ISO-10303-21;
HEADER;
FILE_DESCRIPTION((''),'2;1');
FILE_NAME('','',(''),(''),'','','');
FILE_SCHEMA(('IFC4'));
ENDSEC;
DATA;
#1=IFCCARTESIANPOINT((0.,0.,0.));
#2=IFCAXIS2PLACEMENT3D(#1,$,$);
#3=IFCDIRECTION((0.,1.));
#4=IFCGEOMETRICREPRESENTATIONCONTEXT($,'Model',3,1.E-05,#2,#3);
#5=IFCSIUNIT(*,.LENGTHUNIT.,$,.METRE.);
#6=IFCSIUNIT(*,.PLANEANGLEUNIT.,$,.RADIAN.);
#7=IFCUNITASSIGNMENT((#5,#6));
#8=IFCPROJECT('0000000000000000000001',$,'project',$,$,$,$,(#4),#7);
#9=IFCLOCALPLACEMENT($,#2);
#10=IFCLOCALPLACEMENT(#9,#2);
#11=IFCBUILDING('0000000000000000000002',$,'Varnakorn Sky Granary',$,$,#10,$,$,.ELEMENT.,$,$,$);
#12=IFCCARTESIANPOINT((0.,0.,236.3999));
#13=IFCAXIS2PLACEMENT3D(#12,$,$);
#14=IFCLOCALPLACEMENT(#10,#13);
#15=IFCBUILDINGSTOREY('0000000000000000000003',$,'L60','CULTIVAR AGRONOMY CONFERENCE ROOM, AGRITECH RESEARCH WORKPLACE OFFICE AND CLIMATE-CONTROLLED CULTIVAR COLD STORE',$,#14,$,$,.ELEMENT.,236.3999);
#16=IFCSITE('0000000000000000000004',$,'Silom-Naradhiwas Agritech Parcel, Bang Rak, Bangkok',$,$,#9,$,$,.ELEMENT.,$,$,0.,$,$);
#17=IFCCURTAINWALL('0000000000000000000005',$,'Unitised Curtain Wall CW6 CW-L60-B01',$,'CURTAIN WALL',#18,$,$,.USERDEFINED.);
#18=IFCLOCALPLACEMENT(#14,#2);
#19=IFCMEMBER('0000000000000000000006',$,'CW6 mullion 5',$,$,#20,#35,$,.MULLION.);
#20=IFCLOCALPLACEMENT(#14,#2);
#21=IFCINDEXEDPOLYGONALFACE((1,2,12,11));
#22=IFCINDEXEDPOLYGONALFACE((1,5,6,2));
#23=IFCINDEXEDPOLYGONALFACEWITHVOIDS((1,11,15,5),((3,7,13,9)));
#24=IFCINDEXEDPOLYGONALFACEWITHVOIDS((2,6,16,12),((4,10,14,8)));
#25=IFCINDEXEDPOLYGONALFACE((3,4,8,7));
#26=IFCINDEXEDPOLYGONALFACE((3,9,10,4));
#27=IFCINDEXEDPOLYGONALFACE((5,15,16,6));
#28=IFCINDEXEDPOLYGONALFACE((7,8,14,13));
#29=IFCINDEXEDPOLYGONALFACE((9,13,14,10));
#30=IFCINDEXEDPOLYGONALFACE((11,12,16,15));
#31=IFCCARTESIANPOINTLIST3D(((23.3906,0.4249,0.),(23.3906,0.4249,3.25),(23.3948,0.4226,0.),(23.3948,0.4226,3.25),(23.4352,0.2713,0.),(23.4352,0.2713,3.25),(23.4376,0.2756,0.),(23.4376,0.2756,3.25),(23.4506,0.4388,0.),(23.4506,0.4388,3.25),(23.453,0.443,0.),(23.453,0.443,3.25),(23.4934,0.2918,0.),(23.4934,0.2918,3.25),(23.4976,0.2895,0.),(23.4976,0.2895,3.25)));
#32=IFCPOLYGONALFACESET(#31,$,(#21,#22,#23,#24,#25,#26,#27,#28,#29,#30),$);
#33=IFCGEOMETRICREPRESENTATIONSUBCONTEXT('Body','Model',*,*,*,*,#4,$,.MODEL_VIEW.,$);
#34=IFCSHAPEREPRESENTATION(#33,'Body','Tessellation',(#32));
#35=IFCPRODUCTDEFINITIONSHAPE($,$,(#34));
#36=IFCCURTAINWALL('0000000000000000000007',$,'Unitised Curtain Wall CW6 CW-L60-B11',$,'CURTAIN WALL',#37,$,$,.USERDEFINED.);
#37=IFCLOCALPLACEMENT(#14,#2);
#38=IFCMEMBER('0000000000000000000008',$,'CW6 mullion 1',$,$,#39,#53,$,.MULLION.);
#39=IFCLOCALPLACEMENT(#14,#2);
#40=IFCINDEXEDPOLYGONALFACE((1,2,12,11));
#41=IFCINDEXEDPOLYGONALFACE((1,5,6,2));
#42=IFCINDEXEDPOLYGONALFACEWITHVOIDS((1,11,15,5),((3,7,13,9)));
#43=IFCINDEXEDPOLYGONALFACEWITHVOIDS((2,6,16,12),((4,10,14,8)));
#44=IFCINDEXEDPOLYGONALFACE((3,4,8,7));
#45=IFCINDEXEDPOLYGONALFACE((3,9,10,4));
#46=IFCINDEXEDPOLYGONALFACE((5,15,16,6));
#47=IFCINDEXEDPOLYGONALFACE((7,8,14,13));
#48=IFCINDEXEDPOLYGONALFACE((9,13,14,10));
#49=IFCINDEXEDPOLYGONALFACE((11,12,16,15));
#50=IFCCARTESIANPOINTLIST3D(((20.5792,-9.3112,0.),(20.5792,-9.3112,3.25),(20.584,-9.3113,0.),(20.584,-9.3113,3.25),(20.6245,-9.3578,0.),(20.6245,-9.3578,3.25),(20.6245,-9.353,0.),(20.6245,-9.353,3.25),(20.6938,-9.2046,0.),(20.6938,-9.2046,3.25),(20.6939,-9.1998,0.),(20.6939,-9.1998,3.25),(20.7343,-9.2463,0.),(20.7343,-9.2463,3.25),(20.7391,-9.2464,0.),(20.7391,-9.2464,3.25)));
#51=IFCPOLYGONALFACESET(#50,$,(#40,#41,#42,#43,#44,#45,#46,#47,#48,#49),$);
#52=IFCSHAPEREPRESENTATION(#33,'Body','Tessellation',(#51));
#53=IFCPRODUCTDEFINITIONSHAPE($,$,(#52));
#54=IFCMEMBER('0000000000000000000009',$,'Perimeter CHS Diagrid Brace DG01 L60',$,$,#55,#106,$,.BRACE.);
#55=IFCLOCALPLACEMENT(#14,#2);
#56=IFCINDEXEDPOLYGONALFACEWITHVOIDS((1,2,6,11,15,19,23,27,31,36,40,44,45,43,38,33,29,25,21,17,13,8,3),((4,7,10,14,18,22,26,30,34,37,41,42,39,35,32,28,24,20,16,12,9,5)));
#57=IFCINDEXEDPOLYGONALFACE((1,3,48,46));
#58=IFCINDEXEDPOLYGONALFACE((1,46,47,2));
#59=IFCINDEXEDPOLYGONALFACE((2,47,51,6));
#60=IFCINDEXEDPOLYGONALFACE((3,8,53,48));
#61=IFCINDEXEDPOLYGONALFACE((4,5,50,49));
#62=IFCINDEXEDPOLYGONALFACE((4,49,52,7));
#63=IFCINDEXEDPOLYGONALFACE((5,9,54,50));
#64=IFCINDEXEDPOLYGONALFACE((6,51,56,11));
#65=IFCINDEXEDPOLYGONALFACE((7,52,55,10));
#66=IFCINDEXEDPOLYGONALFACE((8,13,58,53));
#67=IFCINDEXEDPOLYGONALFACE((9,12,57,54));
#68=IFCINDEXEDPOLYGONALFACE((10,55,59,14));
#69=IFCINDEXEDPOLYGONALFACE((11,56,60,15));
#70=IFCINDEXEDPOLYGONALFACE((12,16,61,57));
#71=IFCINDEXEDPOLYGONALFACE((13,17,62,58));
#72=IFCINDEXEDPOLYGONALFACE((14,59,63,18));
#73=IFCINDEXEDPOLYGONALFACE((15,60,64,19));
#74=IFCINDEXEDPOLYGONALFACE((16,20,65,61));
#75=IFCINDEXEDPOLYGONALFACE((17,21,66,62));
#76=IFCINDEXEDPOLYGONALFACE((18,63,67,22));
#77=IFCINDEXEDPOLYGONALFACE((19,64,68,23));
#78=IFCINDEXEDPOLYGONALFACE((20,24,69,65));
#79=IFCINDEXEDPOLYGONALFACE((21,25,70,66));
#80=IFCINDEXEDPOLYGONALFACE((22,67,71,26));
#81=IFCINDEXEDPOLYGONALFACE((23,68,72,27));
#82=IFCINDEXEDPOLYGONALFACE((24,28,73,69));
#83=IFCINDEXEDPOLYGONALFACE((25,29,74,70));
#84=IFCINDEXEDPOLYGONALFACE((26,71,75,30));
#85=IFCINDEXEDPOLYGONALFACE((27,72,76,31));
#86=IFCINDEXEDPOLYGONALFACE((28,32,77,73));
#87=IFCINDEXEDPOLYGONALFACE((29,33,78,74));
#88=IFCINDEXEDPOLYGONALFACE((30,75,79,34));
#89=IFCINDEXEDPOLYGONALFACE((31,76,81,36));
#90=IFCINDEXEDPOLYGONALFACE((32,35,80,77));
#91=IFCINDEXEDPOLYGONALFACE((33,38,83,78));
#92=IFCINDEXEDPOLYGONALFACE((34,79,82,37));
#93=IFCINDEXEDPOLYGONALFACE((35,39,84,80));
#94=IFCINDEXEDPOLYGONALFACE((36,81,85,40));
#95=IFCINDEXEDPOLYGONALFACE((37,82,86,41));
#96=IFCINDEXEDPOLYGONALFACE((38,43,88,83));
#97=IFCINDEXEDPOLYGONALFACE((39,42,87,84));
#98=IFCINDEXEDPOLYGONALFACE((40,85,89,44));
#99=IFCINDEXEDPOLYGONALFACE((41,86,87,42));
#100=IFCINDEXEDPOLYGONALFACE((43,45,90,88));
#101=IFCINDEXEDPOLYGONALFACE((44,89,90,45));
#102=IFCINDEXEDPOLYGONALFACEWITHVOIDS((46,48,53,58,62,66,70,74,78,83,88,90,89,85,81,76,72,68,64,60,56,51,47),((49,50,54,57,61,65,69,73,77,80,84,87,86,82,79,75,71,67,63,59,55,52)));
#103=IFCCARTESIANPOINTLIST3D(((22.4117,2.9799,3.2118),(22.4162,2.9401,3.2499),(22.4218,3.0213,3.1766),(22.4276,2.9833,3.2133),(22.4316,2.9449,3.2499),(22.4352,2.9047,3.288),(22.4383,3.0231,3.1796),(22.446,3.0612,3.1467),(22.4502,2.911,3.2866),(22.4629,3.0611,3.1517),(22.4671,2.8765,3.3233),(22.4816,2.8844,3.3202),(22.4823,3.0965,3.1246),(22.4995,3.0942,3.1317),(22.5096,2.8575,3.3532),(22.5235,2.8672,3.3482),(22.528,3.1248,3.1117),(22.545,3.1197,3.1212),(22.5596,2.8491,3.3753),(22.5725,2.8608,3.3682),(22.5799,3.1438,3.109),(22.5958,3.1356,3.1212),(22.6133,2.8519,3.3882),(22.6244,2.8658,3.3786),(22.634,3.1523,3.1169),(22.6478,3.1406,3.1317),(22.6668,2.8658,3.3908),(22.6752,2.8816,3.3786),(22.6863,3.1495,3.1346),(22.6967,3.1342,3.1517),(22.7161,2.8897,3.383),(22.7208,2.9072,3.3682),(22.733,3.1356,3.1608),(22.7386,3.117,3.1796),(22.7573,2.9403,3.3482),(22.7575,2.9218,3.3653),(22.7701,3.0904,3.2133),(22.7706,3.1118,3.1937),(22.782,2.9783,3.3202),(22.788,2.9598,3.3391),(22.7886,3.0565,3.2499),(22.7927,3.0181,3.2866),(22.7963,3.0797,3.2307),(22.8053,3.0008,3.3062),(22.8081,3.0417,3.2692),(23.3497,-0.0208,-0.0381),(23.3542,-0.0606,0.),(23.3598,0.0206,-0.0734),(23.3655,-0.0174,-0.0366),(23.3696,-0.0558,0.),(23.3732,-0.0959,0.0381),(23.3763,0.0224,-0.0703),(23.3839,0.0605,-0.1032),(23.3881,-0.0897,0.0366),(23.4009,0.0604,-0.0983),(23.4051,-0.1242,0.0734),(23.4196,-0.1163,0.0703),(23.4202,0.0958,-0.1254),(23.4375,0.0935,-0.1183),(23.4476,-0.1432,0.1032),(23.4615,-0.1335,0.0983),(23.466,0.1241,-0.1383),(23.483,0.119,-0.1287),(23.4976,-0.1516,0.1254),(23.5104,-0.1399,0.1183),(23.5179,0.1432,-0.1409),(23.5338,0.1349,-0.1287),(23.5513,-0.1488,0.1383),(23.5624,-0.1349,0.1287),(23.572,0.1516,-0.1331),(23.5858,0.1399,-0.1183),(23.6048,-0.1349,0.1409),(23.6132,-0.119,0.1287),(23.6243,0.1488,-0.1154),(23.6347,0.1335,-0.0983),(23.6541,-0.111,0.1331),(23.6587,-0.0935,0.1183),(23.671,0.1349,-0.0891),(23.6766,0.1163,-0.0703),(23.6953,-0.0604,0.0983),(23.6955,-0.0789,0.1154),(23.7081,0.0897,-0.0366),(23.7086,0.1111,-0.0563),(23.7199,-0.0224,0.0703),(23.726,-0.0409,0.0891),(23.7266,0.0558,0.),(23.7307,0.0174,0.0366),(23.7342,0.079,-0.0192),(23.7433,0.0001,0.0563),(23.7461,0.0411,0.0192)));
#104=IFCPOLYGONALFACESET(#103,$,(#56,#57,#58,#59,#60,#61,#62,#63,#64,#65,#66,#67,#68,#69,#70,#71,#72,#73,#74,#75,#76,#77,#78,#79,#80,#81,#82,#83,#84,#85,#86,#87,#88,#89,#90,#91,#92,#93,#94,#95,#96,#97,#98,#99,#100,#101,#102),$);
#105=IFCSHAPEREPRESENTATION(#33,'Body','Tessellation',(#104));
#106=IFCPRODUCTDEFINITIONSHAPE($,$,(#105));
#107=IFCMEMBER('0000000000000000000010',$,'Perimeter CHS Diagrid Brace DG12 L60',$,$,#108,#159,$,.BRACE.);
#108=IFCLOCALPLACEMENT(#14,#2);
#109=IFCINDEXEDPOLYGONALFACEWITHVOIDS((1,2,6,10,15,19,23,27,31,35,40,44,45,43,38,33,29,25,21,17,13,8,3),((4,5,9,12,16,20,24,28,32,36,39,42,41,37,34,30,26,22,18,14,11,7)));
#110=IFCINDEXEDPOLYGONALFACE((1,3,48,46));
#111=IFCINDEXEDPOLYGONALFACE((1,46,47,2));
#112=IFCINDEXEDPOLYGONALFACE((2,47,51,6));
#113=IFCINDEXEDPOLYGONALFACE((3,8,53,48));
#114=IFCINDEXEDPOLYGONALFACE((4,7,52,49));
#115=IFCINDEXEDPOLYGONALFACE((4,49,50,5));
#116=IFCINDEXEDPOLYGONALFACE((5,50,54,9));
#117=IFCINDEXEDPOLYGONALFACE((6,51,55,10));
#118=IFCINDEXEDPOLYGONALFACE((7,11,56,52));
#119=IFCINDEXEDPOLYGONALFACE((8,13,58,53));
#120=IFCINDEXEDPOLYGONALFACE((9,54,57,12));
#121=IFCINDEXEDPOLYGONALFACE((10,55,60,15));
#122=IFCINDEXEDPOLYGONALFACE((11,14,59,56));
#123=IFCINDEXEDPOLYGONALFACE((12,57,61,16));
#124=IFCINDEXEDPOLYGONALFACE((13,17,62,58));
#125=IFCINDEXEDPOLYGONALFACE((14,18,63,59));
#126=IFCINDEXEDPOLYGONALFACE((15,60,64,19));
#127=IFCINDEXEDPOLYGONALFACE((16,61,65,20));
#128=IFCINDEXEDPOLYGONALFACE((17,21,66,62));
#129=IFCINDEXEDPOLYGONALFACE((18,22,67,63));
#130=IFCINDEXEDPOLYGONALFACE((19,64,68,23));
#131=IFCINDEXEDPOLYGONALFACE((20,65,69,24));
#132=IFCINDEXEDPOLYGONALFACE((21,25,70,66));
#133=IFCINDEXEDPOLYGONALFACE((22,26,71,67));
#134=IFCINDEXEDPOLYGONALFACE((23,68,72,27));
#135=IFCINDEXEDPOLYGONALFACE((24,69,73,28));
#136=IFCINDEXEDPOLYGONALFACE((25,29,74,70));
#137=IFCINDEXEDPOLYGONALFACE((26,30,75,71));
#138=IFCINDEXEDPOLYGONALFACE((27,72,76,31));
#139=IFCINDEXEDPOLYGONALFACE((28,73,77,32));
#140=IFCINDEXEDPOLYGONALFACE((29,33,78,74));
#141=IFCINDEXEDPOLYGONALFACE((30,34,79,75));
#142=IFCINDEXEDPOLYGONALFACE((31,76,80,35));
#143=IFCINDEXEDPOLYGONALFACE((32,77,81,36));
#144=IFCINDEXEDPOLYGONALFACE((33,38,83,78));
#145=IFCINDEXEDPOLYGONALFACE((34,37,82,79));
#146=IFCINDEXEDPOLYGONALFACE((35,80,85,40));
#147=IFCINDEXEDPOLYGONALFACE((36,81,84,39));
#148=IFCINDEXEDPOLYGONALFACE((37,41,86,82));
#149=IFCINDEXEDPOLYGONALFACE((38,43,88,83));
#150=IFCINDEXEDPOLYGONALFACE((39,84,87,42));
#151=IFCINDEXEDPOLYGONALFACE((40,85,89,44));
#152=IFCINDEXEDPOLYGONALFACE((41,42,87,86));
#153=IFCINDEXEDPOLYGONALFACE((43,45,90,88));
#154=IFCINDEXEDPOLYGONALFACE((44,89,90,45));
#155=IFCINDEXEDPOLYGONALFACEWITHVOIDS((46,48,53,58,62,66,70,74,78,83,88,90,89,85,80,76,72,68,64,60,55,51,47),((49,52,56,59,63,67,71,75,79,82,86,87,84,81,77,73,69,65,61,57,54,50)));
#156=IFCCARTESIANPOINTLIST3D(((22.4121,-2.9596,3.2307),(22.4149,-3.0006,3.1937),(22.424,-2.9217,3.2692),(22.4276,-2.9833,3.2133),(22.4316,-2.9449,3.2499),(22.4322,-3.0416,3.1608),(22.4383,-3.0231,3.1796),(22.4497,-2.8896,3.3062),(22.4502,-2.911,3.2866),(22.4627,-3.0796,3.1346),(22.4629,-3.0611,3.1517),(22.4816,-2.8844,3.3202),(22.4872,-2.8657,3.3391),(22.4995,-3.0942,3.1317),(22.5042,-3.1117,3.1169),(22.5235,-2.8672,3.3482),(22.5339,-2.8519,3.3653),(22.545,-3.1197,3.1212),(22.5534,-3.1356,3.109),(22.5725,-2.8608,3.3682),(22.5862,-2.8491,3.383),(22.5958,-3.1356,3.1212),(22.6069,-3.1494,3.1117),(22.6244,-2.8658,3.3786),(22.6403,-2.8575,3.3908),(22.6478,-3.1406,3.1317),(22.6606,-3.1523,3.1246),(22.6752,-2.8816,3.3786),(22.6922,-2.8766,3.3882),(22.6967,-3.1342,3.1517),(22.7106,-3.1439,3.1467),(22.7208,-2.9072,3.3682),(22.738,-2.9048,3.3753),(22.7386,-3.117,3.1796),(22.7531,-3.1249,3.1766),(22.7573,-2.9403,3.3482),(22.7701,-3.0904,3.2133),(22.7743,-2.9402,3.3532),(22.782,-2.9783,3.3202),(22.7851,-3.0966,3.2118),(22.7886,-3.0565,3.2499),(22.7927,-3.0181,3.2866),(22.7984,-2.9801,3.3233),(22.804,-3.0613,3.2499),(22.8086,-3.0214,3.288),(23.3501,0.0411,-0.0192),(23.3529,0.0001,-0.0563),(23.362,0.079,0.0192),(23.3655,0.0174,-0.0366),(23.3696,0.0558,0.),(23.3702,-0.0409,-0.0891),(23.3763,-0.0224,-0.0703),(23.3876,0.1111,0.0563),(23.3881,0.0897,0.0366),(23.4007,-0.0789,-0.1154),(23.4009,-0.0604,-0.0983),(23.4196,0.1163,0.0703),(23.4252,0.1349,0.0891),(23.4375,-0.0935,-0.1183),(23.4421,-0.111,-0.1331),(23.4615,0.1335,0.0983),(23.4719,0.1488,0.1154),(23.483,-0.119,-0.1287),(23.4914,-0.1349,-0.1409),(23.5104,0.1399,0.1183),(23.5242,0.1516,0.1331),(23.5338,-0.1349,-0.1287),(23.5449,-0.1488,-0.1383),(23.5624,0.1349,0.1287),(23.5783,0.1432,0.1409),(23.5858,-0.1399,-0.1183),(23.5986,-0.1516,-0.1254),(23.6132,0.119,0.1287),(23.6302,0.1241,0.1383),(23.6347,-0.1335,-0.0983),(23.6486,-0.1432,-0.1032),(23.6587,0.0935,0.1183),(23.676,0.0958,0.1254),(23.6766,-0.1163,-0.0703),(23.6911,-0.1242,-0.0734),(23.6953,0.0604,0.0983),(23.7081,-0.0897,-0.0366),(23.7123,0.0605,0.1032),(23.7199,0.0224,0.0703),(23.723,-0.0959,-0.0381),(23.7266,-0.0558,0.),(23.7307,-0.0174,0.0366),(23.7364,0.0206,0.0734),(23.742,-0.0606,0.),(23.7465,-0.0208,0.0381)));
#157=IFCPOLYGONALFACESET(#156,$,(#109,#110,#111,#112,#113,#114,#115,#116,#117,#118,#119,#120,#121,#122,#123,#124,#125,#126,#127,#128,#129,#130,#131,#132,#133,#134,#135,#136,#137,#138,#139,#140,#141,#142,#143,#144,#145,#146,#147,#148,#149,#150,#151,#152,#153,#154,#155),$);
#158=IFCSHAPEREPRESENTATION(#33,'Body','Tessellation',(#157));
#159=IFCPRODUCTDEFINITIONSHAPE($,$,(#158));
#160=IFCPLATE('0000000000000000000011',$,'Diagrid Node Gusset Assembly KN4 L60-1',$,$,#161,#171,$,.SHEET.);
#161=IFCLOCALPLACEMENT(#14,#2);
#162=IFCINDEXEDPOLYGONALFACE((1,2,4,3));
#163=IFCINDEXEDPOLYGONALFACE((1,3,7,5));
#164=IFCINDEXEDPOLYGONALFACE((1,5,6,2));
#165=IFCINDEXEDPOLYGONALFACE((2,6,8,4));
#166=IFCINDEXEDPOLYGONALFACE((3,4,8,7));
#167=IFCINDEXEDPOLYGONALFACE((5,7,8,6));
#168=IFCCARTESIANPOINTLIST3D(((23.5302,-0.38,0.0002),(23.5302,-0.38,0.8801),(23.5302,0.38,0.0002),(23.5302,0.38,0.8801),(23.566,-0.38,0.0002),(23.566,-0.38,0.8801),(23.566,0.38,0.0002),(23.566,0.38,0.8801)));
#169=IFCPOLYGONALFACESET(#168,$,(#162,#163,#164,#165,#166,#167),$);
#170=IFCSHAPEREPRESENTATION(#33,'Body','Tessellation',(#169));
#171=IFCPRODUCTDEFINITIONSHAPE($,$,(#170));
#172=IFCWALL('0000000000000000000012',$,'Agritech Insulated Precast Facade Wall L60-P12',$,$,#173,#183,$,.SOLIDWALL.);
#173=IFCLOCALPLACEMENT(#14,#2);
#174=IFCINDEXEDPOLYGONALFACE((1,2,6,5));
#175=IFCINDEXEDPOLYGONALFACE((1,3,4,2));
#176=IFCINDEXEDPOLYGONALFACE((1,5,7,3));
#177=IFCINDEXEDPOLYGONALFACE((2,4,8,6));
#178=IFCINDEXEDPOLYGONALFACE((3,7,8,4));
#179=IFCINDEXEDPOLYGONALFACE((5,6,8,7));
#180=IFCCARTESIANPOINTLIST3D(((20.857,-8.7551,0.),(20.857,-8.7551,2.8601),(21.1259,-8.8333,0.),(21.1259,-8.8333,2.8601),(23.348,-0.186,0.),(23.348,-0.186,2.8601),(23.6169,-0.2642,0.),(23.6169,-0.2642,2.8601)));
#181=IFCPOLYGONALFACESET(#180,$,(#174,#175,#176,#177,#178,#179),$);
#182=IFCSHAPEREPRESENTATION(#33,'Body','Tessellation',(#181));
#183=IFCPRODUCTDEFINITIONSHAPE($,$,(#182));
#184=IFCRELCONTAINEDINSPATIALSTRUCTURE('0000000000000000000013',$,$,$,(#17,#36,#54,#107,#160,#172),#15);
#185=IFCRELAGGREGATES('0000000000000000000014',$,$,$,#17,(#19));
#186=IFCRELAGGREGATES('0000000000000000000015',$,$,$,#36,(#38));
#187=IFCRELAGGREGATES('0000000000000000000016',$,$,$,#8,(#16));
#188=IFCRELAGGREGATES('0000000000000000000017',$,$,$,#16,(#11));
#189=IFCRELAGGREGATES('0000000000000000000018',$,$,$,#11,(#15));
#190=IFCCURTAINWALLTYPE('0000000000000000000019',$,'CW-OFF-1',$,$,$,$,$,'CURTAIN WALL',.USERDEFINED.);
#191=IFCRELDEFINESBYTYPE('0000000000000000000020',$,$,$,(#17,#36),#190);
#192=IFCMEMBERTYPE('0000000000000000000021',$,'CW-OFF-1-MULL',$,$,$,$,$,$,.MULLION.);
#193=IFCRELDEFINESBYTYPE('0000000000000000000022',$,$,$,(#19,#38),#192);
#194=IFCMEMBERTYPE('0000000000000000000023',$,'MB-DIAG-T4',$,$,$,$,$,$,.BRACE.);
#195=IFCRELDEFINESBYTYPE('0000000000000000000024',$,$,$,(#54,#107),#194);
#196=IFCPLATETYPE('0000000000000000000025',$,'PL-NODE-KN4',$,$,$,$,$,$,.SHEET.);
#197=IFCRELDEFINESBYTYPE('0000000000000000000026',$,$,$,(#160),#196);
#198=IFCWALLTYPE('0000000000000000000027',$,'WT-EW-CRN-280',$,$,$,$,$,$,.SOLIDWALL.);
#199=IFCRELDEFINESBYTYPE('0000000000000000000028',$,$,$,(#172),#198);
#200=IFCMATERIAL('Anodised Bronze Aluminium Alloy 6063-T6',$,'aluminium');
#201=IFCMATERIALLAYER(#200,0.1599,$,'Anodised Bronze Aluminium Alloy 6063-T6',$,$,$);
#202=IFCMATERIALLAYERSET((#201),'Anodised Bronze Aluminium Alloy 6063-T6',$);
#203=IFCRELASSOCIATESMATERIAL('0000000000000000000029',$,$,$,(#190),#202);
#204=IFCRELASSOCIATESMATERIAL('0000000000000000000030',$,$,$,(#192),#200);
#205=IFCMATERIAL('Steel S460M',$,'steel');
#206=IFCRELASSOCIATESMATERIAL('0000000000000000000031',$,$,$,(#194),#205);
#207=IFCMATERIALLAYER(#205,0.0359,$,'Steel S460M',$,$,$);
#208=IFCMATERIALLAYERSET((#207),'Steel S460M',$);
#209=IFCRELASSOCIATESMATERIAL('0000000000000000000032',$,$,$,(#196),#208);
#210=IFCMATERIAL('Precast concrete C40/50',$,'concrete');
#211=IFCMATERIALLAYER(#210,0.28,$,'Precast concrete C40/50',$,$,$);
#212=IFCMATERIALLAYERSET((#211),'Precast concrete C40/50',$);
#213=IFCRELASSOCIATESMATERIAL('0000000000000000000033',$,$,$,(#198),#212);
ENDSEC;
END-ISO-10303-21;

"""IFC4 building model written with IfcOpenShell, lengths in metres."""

from ifc_helpers import new_model, si_unit, direction, frame, frame_2d, origin, origin_2d, place, context, subcontext, project, spatial, rectangle, hollow_rectangle, hollow_circle, extrude, material, layer, layer_set, material_profile, profile_set, type_object, element, aggregate, save


model = new_model("IFC4")

# Units and contexts
model_context = context("Model", 3, precision=1e-05, world=origin(), true_north=direction((0.0, 1.0)))
body_context = subcontext(model_context, "Body", "Model", "MODEL_VIEW")
ifc_project = project(units=[si_unit("LENGTHUNIT", "METRE"), si_unit("PLANEANGLEUNIT", "RADIAN")], contexts=[model_context])

# Site, building, storey
site_placement = place(None, origin())
site = spatial("IfcSite", under=ifc_project, at=site_placement, Name="Silom-Naradhiwas Agritech Parcel, Bang Rak, Bangkok", CompositionType="ELEMENT", RefElevation=0.0)
building_placement = place(site_placement, origin())
building = spatial("IfcBuilding", under=site, at=building_placement, Name="Varnakorn Sky Granary", CompositionType="ELEMENT")
storey_placement = place(building_placement, frame((0.0, 0.0, 236.3999)))
storey = spatial("IfcBuildingStorey", under=building, at=storey_placement, Name="L60", Description="CULTIVAR AGRONOMY CONFERENCE ROOM, AGRITECH RESEARCH WORKPLACE OFFICE AND CLIMATE-CONTROLLED CULTIVAR COLD STORE", CompositionType="ELEMENT", Elevation=236.3999)

# Shared definitions
ifc_material_1 = material(Name="Steel S460M", Category="steel")

# Curtain walls, members
ifc_material_2 = material(Name="Anodised Bronze Aluminium Alloy 6063-T6", Category="aluminium")
ifc_layer_1 = layer(ifc_material_2, 0.1599, Name="Anodised Bronze Aluminium Alloy 6063-T6")
ifc_layer_set_1 = layer_set([ifc_layer_1], Name="Anodised Bronze Aluminium Alloy 6063-T6")
curtain_wall_type = type_object("IfcCurtainWallType", Name="CW-OFF-1", ElementType="CURTAIN WALL", PredefinedType="USERDEFINED", material=ifc_layer_set_1)
curtain_wall_1_placement = place(storey_placement, origin())
curtain_wall_1 = element("IfcCurtainWall", 1, at=curtain_wall_1_placement, inside=storey, type_object=curtain_wall_type, Name="Unitised Curtain Wall CW6 CW-L60-B01", ObjectType="CURTAIN WALL", PredefinedType="USERDEFINED")
ifc_material_profile_1 = material_profile(ifc_material_2, hollow_rectangle(XDim=0.0649, YDim=0.1599, WallThickness=0.0034, at=origin_2d()), Name="ALU MULL 65x160")
ifc_profile_set_1 = profile_set([ifc_material_profile_1], Name="Anodised Bronze Aluminium Alloy 6063-T6")
member_type_1 = type_object("IfcMemberType", Name="CW-OFF-1-MULL", PredefinedType="MULLION", material=ifc_profile_set_1)
member_1_placement = place(storey_placement, frame((23.4441, 0.3572, 0.0), z_axis=(0.0, 0.0, 1.0), x_axis=(0.96025, 0.279141, 0.0)))
member_1 = element("IfcMember", 2, at=member_1_placement, type_object=member_type_1, Name="CW6 mullion 5", PredefinedType="MULLION", context=body_context, shape_type="SweptSolid", body=[
    extrude(hollow_rectangle(XDim=0.0649, YDim=0.1599, WallThickness=0.0034, at=origin_2d()), origin(), (0.0, 0.0, 1.0), 3.25),
])
aggregate(curtain_wall_1, [member_1])
curtain_wall_2_placement = place(storey_placement, origin())
curtain_wall_2 = element("IfcCurtainWall", 3, at=curtain_wall_2_placement, inside=storey, type_object=curtain_wall_type, Name="Unitised Curtain Wall CW6 CW-L60-B11", ObjectType="CURTAIN WALL", PredefinedType="USERDEFINED")
member_2_placement = place(storey_placement, frame((20.6592, -9.2788, 0.0), z_axis=(0.0, 0.0, 1.0), x_axis=(0.696915, -0.717154, 0.0)))
member_2 = element("IfcMember", 4, at=member_2_placement, type_object=member_type_1, Name="CW6 mullion 1", PredefinedType="MULLION", context=body_context, shape_type="SweptSolid", body=[
    extrude(hollow_rectangle(XDim=0.0649, YDim=0.1599, WallThickness=0.0034, at=origin_2d()), origin(), (0.0, 0.0, 1.0), 3.25),
])
aggregate(curtain_wall_2, [member_2])

# Members
ifc_material_profile_2 = material_profile(ifc_material_1, hollow_circle(Radius=0.2031, WallThickness=0.0161, at=origin_2d()), Name="CHS 406.4x16")
ifc_profile_set_2 = profile_set([ifc_material_profile_2], Name="Steel S460M")
member_type_2 = type_object("IfcMemberType", Name="MB-DIAG-T4", PredefinedType="BRACE", material=ifc_profile_set_2)
for number, where, z_axis, x_axis, name in (
    (5, (23.5481, 0.0, 0.0), (-0.207437, 0.663614, 0.71874), (-0.954456, -0.29835, 0.0), "Perimeter CHS Diagrid Brace DG01 L60"),
    (6, (23.5481, 0.0, 0.0), (-0.207437, -0.663614, 0.71874), (0.954456, -0.29835, 0.0), "Perimeter CHS Diagrid Brace DG12 L60"),
):
    element("IfcMember", number, at=place(storey_placement, frame(where, z_axis=z_axis, x_axis=x_axis)), inside=storey, type_object=member_type_2, Name=name, PredefinedType="BRACE", context=body_context, shape_type="SweptSolid", body=[
        extrude(hollow_circle(Radius=0.2031, WallThickness=0.0161, at=origin_2d()), origin(), (0.0, 0.0, 1.0), 4.5217),
    ])

# Plate
ifc_layer_2 = layer(ifc_material_1, 0.0359, Name="Steel S460M")
ifc_layer_set_2 = layer_set([ifc_layer_2], Name="Steel S460M")
plate_type = type_object("IfcPlateType", Name="PL-NODE-KN4", PredefinedType="SHEET", material=ifc_layer_set_2)
plate_placement = place(storey_placement, frame((23.5481, 0.0, 0.0002), z_axis=(0.0, 0.0, 1.0), x_axis=(0.0, 1.0, 0.0)))
element("IfcPlate", 7, at=plate_placement, inside=storey, type_object=plate_type, Name="Diagrid Node Gusset Assembly KN4 L60-1", PredefinedType="SHEET", context=body_context, shape_type="SweptSolid", body=[
    extrude(rectangle(XDim=0.76, YDim=0.0359, at=origin_2d()), origin(), (0.0, 0.0, 1.0), 0.8799),
])

# Wall
ifc_material_3 = material(Name="Precast concrete C40/50", Category="concrete")
ifc_layer_3 = layer(ifc_material_3, 0.28, Name="Precast concrete C40/50")
ifc_layer_set_3 = layer_set([ifc_layer_3], Name="Precast concrete C40/50")
wall_type_1 = type_object("IfcWallType", Name="WT-EW-CRN-280", PredefinedType="SOLIDWALL", material=ifc_layer_set_3)
wall_1_placement = place(storey_placement, frame((23.4824, -0.2251, 0.0), z_axis=(0.0, 0.0, 1.0), x_axis=(-0.279137, -0.960251, 0.0)))
element("IfcWall", 8, at=wall_1_placement, inside=storey, type_object=wall_type_1, Name="Agritech Insulated Precast Facade Wall L60-P12", PredefinedType="SOLIDWALL", context=body_context, shape_type="SweptSolid", body=[
    extrude(rectangle(XDim=8.9238, YDim=0.28, at=frame_2d((4.4619, 0.0))), origin(), (0.0, 0.0, 1.0), 2.8601),
])

save(model, "model.ifc")
